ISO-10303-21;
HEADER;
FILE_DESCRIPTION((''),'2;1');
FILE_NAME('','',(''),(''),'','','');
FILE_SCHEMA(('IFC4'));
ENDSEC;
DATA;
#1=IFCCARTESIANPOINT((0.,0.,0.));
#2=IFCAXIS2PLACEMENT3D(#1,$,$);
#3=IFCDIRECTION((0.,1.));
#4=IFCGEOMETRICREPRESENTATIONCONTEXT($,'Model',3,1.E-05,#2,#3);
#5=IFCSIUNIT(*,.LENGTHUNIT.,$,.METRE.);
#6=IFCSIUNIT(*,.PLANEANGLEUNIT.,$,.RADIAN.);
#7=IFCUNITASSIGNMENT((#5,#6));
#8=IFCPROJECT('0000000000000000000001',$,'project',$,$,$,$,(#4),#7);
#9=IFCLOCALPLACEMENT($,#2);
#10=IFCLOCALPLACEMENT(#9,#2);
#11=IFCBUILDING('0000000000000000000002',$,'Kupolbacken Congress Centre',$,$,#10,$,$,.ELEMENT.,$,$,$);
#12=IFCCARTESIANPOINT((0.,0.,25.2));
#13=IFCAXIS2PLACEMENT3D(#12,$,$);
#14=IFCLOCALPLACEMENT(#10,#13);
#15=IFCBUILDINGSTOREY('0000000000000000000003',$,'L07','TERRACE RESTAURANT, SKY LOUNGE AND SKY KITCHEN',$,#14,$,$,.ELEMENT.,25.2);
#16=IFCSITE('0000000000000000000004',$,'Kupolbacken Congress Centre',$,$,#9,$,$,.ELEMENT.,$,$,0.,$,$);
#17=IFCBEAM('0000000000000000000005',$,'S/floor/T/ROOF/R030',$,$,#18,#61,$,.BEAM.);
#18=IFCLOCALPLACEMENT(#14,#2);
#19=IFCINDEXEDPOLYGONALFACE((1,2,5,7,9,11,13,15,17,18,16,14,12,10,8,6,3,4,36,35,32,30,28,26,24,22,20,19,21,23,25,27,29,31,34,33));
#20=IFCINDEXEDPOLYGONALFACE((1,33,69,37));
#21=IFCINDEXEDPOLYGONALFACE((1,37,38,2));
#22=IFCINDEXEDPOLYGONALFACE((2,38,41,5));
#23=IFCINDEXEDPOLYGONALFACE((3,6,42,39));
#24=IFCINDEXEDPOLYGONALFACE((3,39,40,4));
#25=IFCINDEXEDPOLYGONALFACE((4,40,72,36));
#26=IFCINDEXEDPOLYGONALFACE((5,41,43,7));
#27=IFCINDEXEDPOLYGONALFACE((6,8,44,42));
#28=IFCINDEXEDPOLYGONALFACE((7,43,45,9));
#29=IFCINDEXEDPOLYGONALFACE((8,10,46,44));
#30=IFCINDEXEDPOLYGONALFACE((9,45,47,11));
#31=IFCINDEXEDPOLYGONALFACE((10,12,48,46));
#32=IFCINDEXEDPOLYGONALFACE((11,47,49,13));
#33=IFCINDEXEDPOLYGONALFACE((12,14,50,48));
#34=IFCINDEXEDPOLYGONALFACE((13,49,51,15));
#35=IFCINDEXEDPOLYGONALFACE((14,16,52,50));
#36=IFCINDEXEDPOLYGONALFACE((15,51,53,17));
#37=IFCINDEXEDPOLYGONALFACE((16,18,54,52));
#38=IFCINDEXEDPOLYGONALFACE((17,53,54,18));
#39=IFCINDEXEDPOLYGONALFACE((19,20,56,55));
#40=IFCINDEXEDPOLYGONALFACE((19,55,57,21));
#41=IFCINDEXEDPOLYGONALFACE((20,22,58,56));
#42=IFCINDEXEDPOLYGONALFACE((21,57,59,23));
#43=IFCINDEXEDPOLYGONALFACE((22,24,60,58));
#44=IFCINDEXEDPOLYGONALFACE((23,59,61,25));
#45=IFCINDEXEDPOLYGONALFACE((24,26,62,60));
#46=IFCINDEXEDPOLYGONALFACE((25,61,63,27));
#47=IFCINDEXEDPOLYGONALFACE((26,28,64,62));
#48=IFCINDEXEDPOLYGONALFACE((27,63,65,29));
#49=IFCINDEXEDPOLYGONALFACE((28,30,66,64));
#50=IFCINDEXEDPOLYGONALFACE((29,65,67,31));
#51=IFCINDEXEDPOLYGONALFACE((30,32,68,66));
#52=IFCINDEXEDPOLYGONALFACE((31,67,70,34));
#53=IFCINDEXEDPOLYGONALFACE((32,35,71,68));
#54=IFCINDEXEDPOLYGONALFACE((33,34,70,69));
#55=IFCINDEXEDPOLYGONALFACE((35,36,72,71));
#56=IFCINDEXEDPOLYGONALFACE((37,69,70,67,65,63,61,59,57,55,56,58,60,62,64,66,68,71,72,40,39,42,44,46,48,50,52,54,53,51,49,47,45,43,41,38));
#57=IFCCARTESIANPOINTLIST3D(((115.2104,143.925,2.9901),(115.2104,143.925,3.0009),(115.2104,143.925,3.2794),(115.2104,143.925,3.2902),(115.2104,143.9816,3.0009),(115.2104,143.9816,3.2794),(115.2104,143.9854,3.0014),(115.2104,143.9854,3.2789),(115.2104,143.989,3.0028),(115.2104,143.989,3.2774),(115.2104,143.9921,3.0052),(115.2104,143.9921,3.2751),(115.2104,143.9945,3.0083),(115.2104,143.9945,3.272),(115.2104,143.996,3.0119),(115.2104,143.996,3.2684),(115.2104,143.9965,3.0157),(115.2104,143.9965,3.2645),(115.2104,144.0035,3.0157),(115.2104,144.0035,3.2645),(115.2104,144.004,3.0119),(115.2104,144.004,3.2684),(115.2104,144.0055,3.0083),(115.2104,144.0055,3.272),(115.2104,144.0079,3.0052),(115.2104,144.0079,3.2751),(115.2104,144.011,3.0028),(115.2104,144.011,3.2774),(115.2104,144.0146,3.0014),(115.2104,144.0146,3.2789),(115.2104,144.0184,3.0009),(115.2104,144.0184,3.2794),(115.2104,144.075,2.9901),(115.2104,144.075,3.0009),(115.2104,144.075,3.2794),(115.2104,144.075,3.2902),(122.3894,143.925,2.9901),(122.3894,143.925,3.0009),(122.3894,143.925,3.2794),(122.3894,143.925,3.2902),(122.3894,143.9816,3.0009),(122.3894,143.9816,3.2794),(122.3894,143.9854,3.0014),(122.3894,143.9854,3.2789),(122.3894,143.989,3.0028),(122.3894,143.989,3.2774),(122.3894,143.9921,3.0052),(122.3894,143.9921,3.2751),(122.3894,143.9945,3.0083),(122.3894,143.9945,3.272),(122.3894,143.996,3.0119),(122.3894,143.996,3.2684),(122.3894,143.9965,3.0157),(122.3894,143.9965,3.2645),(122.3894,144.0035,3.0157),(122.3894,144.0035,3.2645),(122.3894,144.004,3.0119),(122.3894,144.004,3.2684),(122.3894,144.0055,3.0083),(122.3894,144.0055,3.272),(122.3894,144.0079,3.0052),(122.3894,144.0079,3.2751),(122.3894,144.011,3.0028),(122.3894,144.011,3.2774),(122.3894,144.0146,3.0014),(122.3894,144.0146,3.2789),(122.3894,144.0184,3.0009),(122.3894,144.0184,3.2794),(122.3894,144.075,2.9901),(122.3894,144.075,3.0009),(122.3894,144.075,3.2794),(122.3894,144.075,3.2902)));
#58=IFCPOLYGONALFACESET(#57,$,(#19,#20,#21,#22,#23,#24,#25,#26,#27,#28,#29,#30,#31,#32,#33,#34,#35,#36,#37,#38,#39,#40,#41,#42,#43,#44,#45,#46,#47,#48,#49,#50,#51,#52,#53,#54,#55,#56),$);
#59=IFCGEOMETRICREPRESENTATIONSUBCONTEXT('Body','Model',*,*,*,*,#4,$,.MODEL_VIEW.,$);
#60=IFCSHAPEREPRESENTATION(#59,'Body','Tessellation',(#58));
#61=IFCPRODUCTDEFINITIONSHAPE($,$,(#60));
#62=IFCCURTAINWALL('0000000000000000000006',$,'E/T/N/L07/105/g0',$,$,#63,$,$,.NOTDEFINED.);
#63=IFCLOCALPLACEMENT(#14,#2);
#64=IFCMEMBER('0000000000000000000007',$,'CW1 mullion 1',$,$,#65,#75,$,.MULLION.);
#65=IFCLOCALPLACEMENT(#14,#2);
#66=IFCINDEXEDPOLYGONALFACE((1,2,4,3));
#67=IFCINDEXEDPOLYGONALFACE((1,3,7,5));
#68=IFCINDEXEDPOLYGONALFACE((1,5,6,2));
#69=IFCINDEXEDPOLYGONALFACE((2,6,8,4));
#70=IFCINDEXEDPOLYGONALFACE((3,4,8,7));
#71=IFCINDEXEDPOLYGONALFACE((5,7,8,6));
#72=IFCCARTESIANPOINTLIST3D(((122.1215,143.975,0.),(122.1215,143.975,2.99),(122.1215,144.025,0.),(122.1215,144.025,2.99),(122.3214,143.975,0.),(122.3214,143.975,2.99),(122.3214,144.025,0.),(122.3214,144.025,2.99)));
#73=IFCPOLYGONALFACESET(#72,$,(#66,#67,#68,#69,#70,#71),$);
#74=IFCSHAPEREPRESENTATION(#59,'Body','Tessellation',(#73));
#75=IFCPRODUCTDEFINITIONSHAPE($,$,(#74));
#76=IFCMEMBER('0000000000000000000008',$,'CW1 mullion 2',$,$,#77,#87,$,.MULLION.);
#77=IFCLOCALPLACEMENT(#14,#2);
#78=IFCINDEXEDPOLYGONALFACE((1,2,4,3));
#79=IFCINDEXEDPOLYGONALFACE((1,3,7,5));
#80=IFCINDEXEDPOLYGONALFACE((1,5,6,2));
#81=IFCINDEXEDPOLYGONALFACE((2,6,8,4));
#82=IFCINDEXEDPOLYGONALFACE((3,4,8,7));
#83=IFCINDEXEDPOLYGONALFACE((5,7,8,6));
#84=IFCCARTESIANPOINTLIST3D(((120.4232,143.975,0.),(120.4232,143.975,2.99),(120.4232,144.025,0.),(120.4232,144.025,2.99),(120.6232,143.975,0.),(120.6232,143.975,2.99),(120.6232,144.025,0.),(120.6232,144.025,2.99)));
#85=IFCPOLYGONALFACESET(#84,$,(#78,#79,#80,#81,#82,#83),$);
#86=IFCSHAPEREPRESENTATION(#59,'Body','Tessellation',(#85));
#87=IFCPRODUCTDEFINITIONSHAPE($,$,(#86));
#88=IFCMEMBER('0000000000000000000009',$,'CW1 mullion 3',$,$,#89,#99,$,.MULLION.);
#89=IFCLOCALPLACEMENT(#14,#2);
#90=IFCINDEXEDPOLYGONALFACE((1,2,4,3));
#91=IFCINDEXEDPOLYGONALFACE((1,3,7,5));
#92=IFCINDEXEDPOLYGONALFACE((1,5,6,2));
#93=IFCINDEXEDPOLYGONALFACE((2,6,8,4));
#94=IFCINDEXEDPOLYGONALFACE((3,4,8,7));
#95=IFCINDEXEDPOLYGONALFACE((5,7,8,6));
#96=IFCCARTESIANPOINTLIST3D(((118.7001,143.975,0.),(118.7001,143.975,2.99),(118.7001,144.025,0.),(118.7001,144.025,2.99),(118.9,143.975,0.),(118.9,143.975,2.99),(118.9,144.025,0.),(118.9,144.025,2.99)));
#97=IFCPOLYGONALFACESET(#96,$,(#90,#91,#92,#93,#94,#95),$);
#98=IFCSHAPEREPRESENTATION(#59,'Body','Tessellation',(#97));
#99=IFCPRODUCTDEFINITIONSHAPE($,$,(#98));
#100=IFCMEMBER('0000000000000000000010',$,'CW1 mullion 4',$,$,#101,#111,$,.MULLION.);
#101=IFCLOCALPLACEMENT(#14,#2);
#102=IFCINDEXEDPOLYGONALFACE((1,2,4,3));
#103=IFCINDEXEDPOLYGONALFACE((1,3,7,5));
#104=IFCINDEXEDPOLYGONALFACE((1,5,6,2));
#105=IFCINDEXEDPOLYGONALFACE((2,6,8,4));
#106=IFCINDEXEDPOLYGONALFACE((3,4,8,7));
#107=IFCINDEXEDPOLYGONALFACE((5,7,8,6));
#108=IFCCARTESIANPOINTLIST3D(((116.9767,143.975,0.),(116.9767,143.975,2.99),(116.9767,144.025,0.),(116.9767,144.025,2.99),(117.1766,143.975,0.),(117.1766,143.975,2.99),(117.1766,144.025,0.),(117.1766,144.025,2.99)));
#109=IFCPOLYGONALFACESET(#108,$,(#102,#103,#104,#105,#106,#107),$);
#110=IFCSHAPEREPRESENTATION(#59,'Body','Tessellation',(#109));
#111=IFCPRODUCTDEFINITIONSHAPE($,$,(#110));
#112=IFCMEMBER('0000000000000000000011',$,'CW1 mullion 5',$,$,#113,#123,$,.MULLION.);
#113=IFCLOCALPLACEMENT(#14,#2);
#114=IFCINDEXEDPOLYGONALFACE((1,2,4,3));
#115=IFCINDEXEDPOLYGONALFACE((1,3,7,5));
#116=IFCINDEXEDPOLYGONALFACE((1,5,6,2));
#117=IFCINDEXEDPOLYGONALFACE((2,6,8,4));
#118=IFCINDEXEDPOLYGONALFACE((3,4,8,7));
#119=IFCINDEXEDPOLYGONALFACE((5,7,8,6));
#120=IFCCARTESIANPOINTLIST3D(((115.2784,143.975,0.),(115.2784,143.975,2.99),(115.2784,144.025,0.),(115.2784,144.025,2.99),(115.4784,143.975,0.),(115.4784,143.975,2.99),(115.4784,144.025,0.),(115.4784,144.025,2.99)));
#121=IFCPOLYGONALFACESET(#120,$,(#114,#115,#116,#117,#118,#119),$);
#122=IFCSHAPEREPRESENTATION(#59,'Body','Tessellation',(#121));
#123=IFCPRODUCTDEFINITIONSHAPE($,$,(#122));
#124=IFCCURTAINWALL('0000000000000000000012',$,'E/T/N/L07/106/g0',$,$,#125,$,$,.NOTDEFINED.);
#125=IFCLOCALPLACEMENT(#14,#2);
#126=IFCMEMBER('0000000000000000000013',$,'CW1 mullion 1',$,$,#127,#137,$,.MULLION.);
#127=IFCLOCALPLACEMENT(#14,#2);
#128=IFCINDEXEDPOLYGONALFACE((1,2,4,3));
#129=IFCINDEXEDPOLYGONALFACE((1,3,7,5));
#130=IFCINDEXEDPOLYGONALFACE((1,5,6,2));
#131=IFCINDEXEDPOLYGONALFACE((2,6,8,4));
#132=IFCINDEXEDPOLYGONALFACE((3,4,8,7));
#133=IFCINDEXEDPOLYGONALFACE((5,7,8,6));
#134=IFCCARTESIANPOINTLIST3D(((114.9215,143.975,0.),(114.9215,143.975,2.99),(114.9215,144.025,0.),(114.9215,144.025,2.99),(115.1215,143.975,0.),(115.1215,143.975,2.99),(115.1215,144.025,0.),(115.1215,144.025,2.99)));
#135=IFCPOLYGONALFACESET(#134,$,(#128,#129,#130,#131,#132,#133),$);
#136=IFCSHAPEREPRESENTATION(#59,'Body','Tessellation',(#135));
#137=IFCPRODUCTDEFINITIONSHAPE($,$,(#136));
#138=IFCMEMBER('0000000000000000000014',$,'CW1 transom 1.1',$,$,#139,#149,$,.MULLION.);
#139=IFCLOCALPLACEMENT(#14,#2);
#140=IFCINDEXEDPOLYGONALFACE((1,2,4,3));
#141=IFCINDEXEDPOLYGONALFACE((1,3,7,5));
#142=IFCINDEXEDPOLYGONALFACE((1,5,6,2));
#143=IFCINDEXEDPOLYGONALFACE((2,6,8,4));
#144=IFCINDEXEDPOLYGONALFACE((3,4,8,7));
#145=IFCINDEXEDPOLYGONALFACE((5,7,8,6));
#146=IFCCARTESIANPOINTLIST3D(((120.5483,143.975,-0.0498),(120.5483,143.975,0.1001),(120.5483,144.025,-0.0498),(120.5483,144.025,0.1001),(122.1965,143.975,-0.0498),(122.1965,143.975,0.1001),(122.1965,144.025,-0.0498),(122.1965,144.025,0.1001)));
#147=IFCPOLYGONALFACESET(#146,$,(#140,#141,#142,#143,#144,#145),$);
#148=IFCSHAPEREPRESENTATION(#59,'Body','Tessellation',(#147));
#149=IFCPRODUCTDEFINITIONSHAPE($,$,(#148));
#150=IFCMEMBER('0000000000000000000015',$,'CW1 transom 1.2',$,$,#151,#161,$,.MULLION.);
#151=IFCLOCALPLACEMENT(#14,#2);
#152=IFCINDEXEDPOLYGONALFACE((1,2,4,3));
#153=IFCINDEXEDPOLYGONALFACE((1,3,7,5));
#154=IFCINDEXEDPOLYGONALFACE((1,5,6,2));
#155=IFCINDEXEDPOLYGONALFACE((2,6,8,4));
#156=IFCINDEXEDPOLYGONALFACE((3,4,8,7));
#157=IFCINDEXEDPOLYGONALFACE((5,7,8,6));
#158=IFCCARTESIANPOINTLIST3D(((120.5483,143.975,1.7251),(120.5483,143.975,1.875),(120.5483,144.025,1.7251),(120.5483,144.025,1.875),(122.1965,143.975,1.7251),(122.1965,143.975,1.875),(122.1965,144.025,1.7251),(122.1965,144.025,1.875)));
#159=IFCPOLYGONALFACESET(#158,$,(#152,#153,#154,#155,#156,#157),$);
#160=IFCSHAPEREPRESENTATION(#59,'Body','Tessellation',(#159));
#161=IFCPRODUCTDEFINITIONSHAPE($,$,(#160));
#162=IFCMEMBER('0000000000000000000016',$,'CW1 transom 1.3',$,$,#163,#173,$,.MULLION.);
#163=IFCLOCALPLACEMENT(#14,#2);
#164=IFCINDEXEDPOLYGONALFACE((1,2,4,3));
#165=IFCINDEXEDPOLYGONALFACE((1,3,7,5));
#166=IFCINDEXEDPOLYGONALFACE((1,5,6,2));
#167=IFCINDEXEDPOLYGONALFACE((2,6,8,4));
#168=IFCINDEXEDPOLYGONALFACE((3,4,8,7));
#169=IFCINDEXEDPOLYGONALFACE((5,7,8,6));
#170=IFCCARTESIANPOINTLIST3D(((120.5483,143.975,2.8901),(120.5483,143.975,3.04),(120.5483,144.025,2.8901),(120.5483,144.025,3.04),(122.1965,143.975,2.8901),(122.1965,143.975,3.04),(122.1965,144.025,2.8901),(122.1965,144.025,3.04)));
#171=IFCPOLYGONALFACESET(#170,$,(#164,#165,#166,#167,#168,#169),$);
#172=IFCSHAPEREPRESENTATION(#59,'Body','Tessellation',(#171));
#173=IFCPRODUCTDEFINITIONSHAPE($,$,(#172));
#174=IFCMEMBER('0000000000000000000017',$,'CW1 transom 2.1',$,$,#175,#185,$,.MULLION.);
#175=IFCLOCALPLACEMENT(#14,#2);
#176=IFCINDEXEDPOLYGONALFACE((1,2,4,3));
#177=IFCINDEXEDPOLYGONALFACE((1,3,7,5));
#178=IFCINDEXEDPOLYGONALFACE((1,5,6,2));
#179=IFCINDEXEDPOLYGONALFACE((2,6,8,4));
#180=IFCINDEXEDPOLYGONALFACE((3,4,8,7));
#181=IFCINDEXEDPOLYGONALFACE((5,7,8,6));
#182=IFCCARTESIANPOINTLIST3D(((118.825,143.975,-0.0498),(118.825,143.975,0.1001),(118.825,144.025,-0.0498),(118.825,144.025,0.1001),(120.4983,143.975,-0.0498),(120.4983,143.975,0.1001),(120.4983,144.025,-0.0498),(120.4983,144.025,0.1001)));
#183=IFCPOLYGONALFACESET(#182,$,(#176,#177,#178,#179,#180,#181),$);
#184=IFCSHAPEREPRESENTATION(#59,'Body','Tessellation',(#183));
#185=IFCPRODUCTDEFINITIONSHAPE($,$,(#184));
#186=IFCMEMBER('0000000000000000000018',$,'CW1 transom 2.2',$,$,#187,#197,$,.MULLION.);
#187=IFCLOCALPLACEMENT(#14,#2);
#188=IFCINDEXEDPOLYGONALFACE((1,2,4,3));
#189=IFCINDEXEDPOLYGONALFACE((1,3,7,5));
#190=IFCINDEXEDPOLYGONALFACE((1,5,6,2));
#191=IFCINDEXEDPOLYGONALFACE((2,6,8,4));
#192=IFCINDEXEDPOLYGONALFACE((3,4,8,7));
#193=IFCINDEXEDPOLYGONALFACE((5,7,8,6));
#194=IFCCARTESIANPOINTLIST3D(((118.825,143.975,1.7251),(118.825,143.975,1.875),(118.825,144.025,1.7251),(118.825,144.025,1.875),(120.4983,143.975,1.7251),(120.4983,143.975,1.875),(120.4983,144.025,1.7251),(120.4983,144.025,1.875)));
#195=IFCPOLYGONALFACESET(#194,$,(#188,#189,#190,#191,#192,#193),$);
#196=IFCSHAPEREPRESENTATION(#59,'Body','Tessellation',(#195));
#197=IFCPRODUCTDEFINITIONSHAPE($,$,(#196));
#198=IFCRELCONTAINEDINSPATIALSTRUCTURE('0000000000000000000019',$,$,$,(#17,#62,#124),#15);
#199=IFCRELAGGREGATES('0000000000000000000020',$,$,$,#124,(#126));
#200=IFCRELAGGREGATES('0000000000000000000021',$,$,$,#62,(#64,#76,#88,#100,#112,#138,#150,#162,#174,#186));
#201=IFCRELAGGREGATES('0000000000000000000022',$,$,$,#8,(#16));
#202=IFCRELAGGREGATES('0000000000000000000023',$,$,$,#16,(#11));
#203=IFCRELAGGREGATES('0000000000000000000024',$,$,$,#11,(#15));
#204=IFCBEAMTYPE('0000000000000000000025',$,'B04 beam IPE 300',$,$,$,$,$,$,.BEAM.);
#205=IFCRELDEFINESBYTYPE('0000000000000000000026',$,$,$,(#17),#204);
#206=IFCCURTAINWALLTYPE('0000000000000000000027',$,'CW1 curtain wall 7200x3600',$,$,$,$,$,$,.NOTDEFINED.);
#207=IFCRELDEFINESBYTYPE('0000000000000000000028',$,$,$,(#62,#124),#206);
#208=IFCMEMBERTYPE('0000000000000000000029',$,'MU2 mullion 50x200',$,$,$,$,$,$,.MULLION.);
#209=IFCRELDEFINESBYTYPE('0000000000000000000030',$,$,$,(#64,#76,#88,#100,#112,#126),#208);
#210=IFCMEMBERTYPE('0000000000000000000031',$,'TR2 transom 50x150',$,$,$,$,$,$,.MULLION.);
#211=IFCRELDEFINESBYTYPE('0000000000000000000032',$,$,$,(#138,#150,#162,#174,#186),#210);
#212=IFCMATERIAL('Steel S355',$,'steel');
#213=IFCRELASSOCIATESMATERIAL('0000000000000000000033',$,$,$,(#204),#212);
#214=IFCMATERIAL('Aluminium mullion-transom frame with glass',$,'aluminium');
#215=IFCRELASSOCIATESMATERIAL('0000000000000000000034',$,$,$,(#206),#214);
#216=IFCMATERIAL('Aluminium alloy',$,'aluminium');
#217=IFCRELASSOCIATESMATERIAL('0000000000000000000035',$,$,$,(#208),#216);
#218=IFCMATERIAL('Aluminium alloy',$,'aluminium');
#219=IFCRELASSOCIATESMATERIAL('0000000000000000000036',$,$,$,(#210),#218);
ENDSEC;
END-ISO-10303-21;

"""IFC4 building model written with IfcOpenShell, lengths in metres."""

from ifc_helpers import new_model, si_unit, direction, frame, origin, origin_2d, place, context, subcontext, project, spatial, rectangle, i_section, extrude, material, material_profile, profile_set, type_object, element, aggregate, save


model = new_model("IFC4")

# Units and contexts
model_context = context("Model", 3, precision=1e-05, world=origin(), true_north=direction((0.0, 1.0)))
body_context = subcontext(model_context, "Body", "Model", "MODEL_VIEW")
ifc_project = project(units=[si_unit("LENGTHUNIT", "METRE"), si_unit("PLANEANGLEUNIT", "RADIAN")], contexts=[model_context])

# Site, building, storey
site_placement = place(None, origin())
site = spatial("IfcSite", under=ifc_project, at=site_placement, Name="Kupolbacken Congress Centre", CompositionType="ELEMENT", RefElevation=0.0)
building_placement = place(site_placement, origin())
building = spatial("IfcBuilding", under=site, at=building_placement, Name="Kupolbacken Congress Centre", CompositionType="ELEMENT")
storey_placement = place(building_placement, frame((0.0, 0.0, 25.2)))
storey = spatial("IfcBuildingStorey", under=building, at=storey_placement, Name="L07", Description="TERRACE RESTAURANT, SKY LOUNGE AND SKY KITCHEN", CompositionType="ELEMENT", Elevation=25.2)

# Beam
ifc_material_1 = material(Name="Steel S355", Category="steel")
ifc_material_profile_1 = material_profile(ifc_material_1, i_section(OverallWidth=0.1499, OverallDepth=0.3, WebThickness=0.0071, FlangeThickness=0.0107, FilletRadius=0.0149, at=origin_2d()), Name="IPE 300")
ifc_profile_set_1 = profile_set([ifc_material_profile_1], Name="Steel S355")
beam_type_1 = type_object("IfcBeamType", Name="B04 beam IPE 300", PredefinedType="BEAM", material=ifc_profile_set_1)
for number, where, z_axis, x_axis, name in (
    (1, (115.2104, 144.0, 3.1401), (1.0, 0.0, 0.0), (0.0, 1.0, 0.0), "S/floor/T/ROOF/R030"),
):
    element("IfcBeam", number, at=place(storey_placement, frame(where, z_axis=z_axis, x_axis=x_axis)), inside=storey, type_object=beam_type_1, Name=name, PredefinedType="BEAM", context=body_context, shape_type="SweptSolid", body=[
        extrude(i_section(OverallWidth=0.1499, OverallDepth=0.3, WebThickness=0.0071, FlangeThickness=0.0107, FilletRadius=0.0149, at=origin_2d()), origin(), (0.0, 0.0, 1.0), 7.179),
    ])

# Curtain wall, members
ifc_material_2 = material(Name="Aluminium mullion-transom frame with glass", Category="aluminium")
curtain_wall_type = type_object("IfcCurtainWallType", Name="CW1 curtain wall 7200x3600", PredefinedType="NOTDEFINED", material=ifc_material_2)
curtain_wall_1_placement = place(storey_placement, origin())
curtain_wall_1 = element("IfcCurtainWall", 2, at=curtain_wall_1_placement, inside=storey, type_object=curtain_wall_type, Name="E/T/N/L07/105/g0", PredefinedType="NOTDEFINED")
ifc_material_3 = material(Name="Aluminium alloy", Category="aluminium")
ifc_material_profile_2 = material_profile(ifc_material_3, rectangle(XDim=0.05, YDim=0.2, at=origin_2d()), Name="50 x 200")
ifc_profile_set_2 = profile_set([ifc_material_profile_2], Name="Aluminium alloy")
member_type_1 = type_object("IfcMemberType", Name="MU2 mullion 50x200", PredefinedType="MULLION", material=ifc_profile_set_2)
member_1_placement = place(storey_placement, frame((122.2214, 144.0, 0.0), z_axis=(0.0, 0.0, 1.0), x_axis=(0.0, -1.0, 0.0)))
member_1 = element("IfcMember", 3, at=member_1_placement, type_object=member_type_1, Name="CW1 mullion 1", PredefinedType="MULLION", context=body_context, shape_type="SweptSolid", body=[
    extrude(rectangle(XDim=0.05, YDim=0.2, at=origin_2d()), origin(), (0.0, 0.0, 1.0), 2.99),
])
member_2_placement = place(storey_placement, frame((120.5232, 144.0, 0.0), z_axis=(0.0, 0.0, 1.0), x_axis=(0.0, -1.0, 0.0)))
member_2 = element("IfcMember", 4, at=member_2_placement, type_object=member_type_1, Name="CW1 mullion 2", PredefinedType="MULLION", context=body_context, shape_type="SweptSolid", body=[
    extrude(rectangle(XDim=0.05, YDim=0.2, at=origin_2d()), origin(), (0.0, 0.0, 1.0), 2.99),
])
member_3_placement = place(storey_placement, frame((118.8, 144.0, 0.0), z_axis=(0.0, 0.0, 1.0), x_axis=(0.0, -1.0, 0.0)))
member_3 = element("IfcMember", 5, at=member_3_placement, type_object=member_type_1, Name="CW1 mullion 3", PredefinedType="MULLION", context=body_context, shape_type="SweptSolid", body=[
    extrude(rectangle(XDim=0.05, YDim=0.2, at=origin_2d()), origin(), (0.0, 0.0, 1.0), 2.99),
])
member_4_placement = place(storey_placement, frame((117.0767, 144.0, 0.0), z_axis=(0.0, 0.0, 1.0), x_axis=(0.0, -1.0, 0.0)))
member_4 = element("IfcMember", 6, at=member_4_placement, type_object=member_type_1, Name="CW1 mullion 4", PredefinedType="MULLION", context=body_context, shape_type="SweptSolid", body=[
    extrude(rectangle(XDim=0.05, YDim=0.2, at=origin_2d()), origin(), (0.0, 0.0, 1.0), 2.99),
])
member_5_placement = place(storey_placement, frame((115.3784, 144.0, 0.0), z_axis=(0.0, 0.0, 1.0), x_axis=(0.0, -1.0, 0.0)))
member_5 = element("IfcMember", 7, at=member_5_placement, type_object=member_type_1, Name="CW1 mullion 5", PredefinedType="MULLION", context=body_context, shape_type="SweptSolid", body=[
    extrude(rectangle(XDim=0.05, YDim=0.2, at=origin_2d()), origin(), (0.0, 0.0, 1.0), 2.99),
])

# Curtain wall, member
curtain_wall_2_placement = place(storey_placement, origin())
curtain_wall_2 = element("IfcCurtainWall", 8, at=curtain_wall_2_placement, inside=storey, type_object=curtain_wall_type, Name="E/T/N/L07/106/g0", PredefinedType="NOTDEFINED")
member_6_placement = place(storey_placement, frame((115.0215, 144.0, 0.0), z_axis=(0.0, 0.0, 1.0), x_axis=(0.0, -1.0, 0.0)))
member_6 = element("IfcMember", 9, at=member_6_placement, type_object=member_type_1, Name="CW1 mullion 1", PredefinedType="MULLION", context=body_context, shape_type="SweptSolid", body=[
    extrude(rectangle(XDim=0.05, YDim=0.2, at=origin_2d()), origin(), (0.0, 0.0, 1.0), 2.99),
])

# Members
ifc_material_4 = material(Name="Aluminium alloy", Category="aluminium")
ifc_material_profile_3 = material_profile(ifc_material_4, rectangle(XDim=0.05, YDim=0.1499, at=origin_2d()), Name="50 x 150")
ifc_profile_set_3 = profile_set([ifc_material_profile_3], Name="Aluminium alloy")
member_type_2 = type_object("IfcMemberType", Name="TR2 transom 50x150", PredefinedType="MULLION", material=ifc_profile_set_3)
member_7_placement = place(storey_placement, frame((122.1965, 144.0, 0.0251), z_axis=(-1.0, 0.0, 0.0), x_axis=(0.0, -1.0, 0.0)))
member_7 = element("IfcMember", 10, at=member_7_placement, type_object=member_type_2, Name="CW1 transom 1.1", PredefinedType="MULLION", context=body_context, shape_type="SweptSolid", body=[
    extrude(rectangle(XDim=0.05, YDim=0.1499, at=origin_2d()), origin(), (0.0, 0.0, 1.0), 1.6482),
])
member_8_placement = place(storey_placement, frame((122.1965, 144.0, 1.8), z_axis=(-1.0, 0.0, 0.0), x_axis=(0.0, -1.0, 0.0)))
member_8 = element("IfcMember", 11, at=member_8_placement, type_object=member_type_2, Name="CW1 transom 1.2", PredefinedType="MULLION", context=body_context, shape_type="SweptSolid", body=[
    extrude(rectangle(XDim=0.05, YDim=0.1499, at=origin_2d()), origin(), (0.0, 0.0, 1.0), 1.6482),
])
member_9_placement = place(storey_placement, frame((122.1965, 144.0, 2.9651), z_axis=(-1.0, 0.0, 0.0), x_axis=(0.0, -1.0, 0.0)))
member_9 = element("IfcMember", 12, at=member_9_placement, type_object=member_type_2, Name="CW1 transom 1.3", PredefinedType="MULLION", context=body_context, shape_type="SweptSolid", body=[
    extrude(rectangle(XDim=0.05, YDim=0.1499, at=origin_2d()), origin(), (0.0, 0.0, 1.0), 1.6482),
])
member_10_placement = place(storey_placement, frame((120.4983, 144.0, 0.0251), z_axis=(-1.0, 0.0, 0.0), x_axis=(0.0, -1.0, 0.0)))
member_10 = element("IfcMember", 13, at=member_10_placement, type_object=member_type_2, Name="CW1 transom 2.1", PredefinedType="MULLION", context=body_context, shape_type="SweptSolid", body=[
    extrude(rectangle(XDim=0.05, YDim=0.1499, at=origin_2d()), origin(), (0.0, 0.0, 1.0), 1.6733),
])
member_11_placement = place(storey_placement, frame((120.4983, 144.0, 1.8), z_axis=(-1.0, 0.0, 0.0), x_axis=(0.0, -1.0, 0.0)))
member_11 = element("IfcMember", 14, at=member_11_placement, type_object=member_type_2, Name="CW1 transom 2.2", PredefinedType="MULLION", context=body_context, shape_type="SweptSolid", body=[
    extrude(rectangle(XDim=0.05, YDim=0.1499, at=origin_2d()), origin(), (0.0, 0.0, 1.0), 1.6733),
])
aggregate(curtain_wall_2, [member_6])

aggregate(curtain_wall_1, [member_1, member_2, member_3, member_4, member_5, member_7, member_8, member_9, member_10, member_11])

save(model, "model.ifc")
